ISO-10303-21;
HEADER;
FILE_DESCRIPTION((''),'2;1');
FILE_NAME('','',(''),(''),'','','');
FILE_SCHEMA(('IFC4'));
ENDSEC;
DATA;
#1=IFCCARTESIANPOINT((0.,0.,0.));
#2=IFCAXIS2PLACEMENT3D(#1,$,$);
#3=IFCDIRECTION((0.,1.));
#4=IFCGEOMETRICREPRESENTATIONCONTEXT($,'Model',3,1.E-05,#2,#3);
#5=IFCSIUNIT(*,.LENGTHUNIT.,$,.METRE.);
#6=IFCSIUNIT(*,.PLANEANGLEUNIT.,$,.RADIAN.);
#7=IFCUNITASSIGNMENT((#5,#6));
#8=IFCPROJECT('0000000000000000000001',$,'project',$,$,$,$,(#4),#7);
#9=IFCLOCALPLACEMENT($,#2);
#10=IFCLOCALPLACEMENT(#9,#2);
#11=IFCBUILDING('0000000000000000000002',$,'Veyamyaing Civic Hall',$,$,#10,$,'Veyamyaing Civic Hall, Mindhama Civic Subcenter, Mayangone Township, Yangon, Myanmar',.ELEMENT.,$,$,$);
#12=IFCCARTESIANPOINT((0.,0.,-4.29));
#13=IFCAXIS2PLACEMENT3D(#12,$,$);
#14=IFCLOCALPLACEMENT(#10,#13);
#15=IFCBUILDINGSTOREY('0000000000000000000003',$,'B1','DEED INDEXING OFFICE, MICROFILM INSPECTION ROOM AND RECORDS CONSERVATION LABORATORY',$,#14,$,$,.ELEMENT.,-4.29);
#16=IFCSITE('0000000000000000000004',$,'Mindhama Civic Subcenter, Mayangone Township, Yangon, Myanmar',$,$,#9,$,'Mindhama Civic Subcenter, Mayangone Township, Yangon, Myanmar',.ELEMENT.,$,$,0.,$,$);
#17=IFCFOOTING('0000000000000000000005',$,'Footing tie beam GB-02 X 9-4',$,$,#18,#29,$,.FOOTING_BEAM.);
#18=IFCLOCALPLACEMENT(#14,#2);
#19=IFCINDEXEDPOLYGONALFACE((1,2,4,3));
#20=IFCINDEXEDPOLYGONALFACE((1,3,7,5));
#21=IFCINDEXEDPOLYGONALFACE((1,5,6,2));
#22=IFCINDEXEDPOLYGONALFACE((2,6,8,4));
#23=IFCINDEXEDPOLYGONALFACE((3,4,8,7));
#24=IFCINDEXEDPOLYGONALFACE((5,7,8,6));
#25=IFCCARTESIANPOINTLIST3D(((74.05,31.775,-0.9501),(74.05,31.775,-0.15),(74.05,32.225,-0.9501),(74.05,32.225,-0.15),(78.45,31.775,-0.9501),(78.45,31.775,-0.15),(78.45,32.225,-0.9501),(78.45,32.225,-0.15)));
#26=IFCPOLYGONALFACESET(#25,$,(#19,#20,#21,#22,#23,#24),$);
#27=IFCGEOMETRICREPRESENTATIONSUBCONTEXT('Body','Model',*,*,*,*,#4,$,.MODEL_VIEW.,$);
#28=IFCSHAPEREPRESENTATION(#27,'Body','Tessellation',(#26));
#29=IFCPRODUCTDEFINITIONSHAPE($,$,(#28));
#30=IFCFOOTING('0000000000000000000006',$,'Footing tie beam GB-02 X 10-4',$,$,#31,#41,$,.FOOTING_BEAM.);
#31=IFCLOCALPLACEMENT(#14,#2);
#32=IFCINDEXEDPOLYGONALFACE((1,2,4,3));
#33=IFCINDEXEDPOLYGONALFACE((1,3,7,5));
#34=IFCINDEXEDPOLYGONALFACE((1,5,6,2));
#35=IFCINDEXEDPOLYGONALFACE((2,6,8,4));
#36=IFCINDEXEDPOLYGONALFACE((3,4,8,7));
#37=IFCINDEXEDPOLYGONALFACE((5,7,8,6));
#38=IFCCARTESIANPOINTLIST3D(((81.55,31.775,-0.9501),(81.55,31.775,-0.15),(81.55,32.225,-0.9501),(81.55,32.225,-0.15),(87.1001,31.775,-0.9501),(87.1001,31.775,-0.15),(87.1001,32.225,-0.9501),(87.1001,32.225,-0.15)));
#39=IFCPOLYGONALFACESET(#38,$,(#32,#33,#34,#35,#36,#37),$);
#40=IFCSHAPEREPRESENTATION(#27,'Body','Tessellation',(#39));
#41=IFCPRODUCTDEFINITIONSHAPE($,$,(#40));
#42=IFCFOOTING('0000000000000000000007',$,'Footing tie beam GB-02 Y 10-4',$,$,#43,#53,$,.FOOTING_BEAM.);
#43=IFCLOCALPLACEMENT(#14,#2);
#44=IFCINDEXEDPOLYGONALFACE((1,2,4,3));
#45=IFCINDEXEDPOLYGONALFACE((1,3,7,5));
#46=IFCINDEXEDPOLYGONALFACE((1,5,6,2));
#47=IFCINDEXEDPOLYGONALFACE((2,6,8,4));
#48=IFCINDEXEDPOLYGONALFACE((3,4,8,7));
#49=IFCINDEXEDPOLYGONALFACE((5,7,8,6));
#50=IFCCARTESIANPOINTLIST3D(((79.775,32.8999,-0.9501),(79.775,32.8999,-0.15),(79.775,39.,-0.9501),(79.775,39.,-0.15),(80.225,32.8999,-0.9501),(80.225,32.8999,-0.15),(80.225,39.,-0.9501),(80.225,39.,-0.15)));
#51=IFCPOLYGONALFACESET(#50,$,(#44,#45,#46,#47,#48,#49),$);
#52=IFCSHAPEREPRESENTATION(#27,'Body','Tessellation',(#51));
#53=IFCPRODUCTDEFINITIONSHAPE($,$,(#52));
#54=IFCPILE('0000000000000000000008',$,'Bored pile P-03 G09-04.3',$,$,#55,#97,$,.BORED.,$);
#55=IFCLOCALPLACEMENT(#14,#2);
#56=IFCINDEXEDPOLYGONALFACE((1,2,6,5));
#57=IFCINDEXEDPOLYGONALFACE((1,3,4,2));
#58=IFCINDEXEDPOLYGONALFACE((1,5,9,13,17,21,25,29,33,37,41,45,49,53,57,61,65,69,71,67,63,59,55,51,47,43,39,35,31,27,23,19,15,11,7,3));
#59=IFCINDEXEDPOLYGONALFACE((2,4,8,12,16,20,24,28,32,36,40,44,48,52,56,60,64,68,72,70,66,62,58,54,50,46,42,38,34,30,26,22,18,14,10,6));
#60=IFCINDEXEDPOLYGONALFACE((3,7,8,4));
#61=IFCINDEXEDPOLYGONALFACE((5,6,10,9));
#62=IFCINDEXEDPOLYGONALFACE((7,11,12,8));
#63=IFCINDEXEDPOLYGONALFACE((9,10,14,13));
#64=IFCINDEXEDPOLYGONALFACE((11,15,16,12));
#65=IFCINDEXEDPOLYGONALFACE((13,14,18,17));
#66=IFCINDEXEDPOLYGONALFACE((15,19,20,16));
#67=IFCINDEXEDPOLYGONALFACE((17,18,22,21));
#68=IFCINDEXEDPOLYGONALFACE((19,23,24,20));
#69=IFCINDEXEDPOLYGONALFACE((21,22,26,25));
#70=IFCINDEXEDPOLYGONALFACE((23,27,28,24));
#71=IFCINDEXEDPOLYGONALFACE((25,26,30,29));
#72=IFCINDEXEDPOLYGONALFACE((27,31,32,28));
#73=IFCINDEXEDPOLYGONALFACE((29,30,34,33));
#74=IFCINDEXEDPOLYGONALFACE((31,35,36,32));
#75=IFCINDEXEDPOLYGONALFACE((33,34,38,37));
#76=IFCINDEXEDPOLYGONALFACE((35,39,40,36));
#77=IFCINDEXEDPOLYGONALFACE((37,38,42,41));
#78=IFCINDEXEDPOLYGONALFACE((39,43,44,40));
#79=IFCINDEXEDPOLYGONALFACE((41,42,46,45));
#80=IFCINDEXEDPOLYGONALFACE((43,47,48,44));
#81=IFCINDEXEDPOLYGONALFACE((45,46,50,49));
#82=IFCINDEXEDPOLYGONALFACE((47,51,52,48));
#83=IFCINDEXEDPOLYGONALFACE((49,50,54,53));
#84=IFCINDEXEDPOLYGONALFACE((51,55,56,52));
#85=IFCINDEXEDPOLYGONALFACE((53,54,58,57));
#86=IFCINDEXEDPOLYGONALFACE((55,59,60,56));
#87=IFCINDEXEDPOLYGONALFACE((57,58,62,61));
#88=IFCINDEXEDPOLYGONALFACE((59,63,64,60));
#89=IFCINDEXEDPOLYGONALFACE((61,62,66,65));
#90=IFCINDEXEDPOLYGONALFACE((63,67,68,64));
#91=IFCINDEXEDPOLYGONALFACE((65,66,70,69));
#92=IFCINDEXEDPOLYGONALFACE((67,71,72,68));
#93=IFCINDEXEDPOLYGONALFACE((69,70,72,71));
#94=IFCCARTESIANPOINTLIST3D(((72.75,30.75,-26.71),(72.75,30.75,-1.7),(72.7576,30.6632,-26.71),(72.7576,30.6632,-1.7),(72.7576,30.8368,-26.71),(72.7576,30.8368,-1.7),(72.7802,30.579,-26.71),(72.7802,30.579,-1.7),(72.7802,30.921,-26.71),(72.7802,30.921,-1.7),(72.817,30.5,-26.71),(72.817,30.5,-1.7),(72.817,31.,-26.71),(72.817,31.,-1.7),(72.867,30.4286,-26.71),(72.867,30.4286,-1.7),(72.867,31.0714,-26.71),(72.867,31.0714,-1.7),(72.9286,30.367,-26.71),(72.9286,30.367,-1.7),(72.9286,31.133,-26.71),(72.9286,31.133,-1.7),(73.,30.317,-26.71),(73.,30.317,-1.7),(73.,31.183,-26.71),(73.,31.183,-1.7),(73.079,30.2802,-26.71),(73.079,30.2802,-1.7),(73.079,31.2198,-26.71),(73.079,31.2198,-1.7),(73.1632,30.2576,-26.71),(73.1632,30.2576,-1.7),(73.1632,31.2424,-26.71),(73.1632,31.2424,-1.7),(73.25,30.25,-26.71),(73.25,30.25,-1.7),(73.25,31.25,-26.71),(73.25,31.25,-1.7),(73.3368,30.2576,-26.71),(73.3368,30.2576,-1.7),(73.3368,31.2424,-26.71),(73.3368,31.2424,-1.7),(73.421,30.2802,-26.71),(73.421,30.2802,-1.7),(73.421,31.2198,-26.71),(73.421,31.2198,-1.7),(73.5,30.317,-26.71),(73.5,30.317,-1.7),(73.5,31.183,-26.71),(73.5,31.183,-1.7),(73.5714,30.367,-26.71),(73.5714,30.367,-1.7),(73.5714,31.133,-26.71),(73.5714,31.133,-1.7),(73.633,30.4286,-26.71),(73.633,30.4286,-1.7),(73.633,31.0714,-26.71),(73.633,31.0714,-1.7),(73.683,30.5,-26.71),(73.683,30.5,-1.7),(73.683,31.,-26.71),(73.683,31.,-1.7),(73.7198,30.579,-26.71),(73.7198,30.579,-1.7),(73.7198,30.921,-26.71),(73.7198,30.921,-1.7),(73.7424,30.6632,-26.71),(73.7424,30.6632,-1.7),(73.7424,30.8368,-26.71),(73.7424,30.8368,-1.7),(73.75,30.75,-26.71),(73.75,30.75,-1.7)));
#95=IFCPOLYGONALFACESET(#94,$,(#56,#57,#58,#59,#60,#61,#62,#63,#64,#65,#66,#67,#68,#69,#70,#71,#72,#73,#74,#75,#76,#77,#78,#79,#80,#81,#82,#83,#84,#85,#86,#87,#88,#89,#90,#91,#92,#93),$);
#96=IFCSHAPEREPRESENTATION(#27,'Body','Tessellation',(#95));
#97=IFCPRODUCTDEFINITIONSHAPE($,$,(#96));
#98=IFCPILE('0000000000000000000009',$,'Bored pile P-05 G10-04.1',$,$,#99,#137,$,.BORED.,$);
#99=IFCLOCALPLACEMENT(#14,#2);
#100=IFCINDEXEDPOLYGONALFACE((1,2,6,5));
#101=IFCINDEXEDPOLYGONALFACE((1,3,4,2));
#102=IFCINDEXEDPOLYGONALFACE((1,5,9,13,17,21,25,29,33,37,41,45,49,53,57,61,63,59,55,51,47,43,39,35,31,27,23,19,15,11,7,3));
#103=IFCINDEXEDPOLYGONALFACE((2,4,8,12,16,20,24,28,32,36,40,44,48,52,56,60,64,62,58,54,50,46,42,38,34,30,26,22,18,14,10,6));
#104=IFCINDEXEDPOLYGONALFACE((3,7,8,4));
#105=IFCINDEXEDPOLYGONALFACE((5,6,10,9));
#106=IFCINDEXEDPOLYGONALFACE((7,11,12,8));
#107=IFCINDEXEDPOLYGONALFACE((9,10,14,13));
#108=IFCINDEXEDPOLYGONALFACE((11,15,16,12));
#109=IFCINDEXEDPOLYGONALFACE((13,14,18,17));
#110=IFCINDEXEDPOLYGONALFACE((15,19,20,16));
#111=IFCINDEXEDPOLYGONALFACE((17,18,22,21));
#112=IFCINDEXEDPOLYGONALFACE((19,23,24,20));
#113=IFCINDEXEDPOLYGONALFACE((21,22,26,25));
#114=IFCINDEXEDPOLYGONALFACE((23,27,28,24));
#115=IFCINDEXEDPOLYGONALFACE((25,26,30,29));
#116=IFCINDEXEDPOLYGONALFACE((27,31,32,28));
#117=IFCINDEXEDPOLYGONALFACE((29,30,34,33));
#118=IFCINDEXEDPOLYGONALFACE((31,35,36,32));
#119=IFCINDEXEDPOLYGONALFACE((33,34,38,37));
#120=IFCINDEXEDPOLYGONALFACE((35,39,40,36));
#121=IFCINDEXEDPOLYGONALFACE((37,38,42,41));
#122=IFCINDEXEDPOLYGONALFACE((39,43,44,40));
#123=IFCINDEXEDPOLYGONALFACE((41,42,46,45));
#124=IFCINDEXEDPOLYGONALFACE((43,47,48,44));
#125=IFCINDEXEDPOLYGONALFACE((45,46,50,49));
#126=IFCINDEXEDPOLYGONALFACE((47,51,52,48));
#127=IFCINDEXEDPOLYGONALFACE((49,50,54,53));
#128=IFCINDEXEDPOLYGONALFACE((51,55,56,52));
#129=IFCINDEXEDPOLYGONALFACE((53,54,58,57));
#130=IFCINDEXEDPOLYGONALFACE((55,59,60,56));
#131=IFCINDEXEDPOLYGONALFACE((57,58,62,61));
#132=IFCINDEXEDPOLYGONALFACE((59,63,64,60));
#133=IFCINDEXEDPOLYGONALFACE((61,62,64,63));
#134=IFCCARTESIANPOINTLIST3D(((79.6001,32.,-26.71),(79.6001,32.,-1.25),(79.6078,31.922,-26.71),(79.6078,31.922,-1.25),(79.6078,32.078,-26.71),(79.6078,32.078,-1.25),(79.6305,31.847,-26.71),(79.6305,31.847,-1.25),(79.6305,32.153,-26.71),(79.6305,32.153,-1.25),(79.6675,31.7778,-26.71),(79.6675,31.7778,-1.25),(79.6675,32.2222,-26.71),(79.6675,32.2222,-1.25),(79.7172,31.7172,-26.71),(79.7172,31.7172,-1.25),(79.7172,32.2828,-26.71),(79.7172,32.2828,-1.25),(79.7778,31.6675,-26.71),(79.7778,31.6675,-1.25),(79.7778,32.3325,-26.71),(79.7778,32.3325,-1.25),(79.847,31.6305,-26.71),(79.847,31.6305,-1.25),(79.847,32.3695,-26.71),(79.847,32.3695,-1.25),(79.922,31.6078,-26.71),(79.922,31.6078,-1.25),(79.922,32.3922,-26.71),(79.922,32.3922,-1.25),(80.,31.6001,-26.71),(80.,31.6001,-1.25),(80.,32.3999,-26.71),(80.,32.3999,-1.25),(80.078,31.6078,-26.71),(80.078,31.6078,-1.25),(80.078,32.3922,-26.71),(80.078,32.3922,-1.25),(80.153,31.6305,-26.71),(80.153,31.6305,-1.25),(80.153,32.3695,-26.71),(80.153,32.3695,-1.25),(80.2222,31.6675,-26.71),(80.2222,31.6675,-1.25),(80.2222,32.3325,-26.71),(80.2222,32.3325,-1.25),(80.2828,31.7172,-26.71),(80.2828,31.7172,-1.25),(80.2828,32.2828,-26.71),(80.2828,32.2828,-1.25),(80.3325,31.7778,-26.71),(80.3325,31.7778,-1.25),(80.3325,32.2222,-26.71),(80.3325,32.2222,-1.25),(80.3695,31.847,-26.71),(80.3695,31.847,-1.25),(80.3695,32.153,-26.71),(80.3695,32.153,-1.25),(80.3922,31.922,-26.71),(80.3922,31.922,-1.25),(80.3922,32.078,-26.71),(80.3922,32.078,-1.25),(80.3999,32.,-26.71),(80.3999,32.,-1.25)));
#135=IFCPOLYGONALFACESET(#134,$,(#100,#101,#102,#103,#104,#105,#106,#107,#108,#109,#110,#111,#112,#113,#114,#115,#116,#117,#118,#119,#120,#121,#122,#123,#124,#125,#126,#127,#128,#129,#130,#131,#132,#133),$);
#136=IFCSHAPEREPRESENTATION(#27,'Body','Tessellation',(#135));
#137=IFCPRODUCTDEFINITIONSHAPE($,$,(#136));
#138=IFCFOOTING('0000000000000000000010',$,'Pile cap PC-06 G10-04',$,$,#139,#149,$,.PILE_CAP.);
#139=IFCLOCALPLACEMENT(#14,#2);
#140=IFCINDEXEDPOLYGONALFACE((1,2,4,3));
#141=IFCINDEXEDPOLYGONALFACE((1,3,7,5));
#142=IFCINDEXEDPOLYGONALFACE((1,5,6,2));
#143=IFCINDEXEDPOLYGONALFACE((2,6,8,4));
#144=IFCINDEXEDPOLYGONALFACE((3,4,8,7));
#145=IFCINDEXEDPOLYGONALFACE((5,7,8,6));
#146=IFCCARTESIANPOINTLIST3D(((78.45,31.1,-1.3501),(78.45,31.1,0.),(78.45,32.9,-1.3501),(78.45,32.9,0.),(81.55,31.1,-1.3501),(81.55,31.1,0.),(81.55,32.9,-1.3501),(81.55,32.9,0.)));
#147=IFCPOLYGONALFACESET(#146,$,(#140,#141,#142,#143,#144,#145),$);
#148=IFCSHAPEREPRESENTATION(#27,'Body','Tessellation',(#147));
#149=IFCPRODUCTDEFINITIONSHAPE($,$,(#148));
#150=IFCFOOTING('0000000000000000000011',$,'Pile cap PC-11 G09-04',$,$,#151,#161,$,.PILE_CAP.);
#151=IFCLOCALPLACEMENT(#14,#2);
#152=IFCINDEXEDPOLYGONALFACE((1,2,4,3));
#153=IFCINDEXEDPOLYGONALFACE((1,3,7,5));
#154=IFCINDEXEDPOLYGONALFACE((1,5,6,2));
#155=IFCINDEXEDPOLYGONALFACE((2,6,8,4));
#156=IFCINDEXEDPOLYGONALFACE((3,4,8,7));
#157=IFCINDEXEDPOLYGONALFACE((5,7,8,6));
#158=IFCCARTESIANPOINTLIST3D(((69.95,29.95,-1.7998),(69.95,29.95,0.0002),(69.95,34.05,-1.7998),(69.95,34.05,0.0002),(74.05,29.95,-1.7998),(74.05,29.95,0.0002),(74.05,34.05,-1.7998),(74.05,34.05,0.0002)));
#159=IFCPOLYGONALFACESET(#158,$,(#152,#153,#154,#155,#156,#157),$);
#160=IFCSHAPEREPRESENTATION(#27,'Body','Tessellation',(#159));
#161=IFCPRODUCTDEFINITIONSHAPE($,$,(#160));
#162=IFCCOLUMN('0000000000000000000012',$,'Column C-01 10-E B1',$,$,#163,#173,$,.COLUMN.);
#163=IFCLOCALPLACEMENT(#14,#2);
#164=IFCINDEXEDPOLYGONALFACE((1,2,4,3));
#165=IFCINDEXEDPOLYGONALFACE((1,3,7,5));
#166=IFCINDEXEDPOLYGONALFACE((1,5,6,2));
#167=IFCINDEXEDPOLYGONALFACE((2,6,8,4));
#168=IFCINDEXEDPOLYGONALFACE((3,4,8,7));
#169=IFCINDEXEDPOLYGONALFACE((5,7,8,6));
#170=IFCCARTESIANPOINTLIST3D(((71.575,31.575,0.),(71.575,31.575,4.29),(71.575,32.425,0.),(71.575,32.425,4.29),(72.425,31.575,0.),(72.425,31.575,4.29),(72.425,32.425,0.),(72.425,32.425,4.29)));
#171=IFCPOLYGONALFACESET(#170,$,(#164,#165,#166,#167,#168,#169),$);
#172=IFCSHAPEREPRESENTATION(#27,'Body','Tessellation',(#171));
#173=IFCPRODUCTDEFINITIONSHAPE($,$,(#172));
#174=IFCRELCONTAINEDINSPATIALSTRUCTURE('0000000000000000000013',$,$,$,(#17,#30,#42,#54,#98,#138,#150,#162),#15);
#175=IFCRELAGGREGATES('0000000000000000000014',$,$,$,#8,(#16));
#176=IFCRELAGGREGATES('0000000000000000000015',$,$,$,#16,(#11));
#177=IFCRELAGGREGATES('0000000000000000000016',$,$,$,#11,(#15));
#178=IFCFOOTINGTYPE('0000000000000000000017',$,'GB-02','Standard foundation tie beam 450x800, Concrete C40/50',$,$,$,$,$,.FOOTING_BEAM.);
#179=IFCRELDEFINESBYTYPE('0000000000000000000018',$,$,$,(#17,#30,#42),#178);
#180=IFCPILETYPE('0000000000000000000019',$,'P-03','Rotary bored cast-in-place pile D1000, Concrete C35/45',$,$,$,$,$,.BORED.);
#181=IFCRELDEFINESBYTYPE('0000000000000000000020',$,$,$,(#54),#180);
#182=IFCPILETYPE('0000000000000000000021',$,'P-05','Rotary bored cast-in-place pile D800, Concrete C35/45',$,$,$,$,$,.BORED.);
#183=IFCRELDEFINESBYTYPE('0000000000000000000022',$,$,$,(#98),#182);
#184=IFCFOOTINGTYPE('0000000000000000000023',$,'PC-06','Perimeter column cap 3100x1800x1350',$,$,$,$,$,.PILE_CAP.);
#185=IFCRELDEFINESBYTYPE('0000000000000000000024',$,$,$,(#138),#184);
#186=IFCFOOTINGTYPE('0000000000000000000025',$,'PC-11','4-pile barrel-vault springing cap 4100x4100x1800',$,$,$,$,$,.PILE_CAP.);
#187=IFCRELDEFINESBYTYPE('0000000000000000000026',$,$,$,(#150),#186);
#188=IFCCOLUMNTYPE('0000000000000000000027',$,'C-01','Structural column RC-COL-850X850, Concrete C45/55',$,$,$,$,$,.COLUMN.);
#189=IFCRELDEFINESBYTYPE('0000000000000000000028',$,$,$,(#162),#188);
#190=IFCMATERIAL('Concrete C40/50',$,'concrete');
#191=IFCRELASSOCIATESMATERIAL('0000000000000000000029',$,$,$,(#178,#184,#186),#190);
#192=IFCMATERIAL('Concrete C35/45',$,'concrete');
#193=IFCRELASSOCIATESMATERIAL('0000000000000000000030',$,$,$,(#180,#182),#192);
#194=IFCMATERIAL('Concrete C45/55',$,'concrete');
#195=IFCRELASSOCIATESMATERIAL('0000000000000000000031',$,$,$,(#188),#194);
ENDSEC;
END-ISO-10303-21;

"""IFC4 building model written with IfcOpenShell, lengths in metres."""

from ifc_helpers import new_model, si_unit, direction, frame, origin, origin_2d, place, context, subcontext, project, spatial, rectangle, circle, extrude, material, material_profile, profile_set, type_object, element, save


model = new_model("IFC4")

# Units and contexts
model_context = context("Model", 3, precision=1e-05, world=origin(), true_north=direction((0.0, 1.0)))
body_context = subcontext(model_context, "Body", "Model", "MODEL_VIEW")
ifc_project = project(units=[si_unit("LENGTHUNIT", "METRE"), si_unit("PLANEANGLEUNIT", "RADIAN")], contexts=[model_context])

# Site, building, storey
site_placement = place(None, origin())
site = spatial("IfcSite", under=ifc_project, at=site_placement, Name="Mindhama Civic Subcenter, Mayangone Township, Yangon, Myanmar", LongName="Mindhama Civic Subcenter, Mayangone Township, Yangon, Myanmar", CompositionType="ELEMENT", RefElevation=0.0)
building_placement = place(site_placement, origin())
building = spatial("IfcBuilding", under=site, at=building_placement, Name="Veyamyaing Civic Hall", LongName="Veyamyaing Civic Hall, Mindhama Civic Subcenter, Mayangone Township, Yangon, Myanmar", CompositionType="ELEMENT")
storey_placement = place(building_placement, frame((0.0, 0.0, -4.29)))
storey = spatial("IfcBuildingStorey", under=building, at=storey_placement, Name="B1", Description="DEED INDEXING OFFICE, MICROFILM INSPECTION ROOM AND RECORDS CONSERVATION LABORATORY", CompositionType="ELEMENT", Elevation=-4.29)

# Footings
ifc_material_1 = material(Name="Concrete C40/50", Category="concrete")
ifc_material_profile_1 = material_profile(ifc_material_1, rectangle(XDim=0.45, YDim=0.8, at=origin_2d()), Name="GB-450X800")
ifc_profile_set_1 = profile_set([ifc_material_profile_1], Name="Concrete C40/50")
footing_type_1 = type_object("IfcFootingType", Name="GB-02", Description="Standard foundation tie beam 450x800, Concrete C40/50", PredefinedType="FOOTING_BEAM", material=ifc_profile_set_1)
footing_1_placement = place(storey_placement, frame((74.05, 32.0, -0.55), z_axis=(1.0, 0.0, 0.0), x_axis=(0.0, 1.0, 0.0)))
element("IfcFooting", 1, at=footing_1_placement, inside=storey, type_object=footing_type_1, Name="Footing tie beam GB-02 X 9-4", PredefinedType="FOOTING_BEAM", context=body_context, shape_type="SweptSolid", body=[
    extrude(rectangle(XDim=0.45, YDim=0.8, at=origin_2d()), origin(), (0.0, 0.0, 1.0), 4.3999),
])
footing_2_placement = place(storey_placement, frame((81.55, 32.0, -0.55), z_axis=(1.0, 0.0, 0.0), x_axis=(0.0, 1.0, 0.0)))
element("IfcFooting", 2, at=footing_2_placement, inside=storey, type_object=footing_type_1, Name="Footing tie beam GB-02 X 10-4", PredefinedType="FOOTING_BEAM", context=body_context, shape_type="SweptSolid", body=[
    extrude(rectangle(XDim=0.45, YDim=0.8, at=origin_2d()), origin(), (0.0, 0.0, 1.0), 5.55),
])
footing_3_placement = place(storey_placement, frame((80.0, 32.8999, -0.55), z_axis=(0.0, 1.0, 0.0), x_axis=(-1.0, 0.0, 0.0)))
element("IfcFooting", 3, at=footing_3_placement, inside=storey, type_object=footing_type_1, Name="Footing tie beam GB-02 Y 10-4", PredefinedType="FOOTING_BEAM", context=body_context, shape_type="SweptSolid", body=[
    extrude(rectangle(XDim=0.45, YDim=0.8, at=origin_2d()), origin(), (0.0, 0.0, 1.0), 6.1001),
])

# Piles
ifc_material_2 = material(Name="Concrete C35/45", Category="concrete")
ifc_material_profile_2 = material_profile(ifc_material_2, circle(Radius=0.5, at=origin_2d()), Name="PILE-D1000")
ifc_profile_set_2 = profile_set([ifc_material_profile_2], Name="Concrete C35/45")
pile_type_1 = type_object("IfcPileType", Name="P-03", Description="Rotary bored cast-in-place pile D1000, Concrete C35/45", PredefinedType="BORED", material=ifc_profile_set_2)
pile_1_placement = place(storey_placement, frame((73.25, 30.75, -1.7), z_axis=(0.0, 0.0, -1.0), x_axis=(1.0, 0.0, 0.0)))
element("IfcPile", 4, at=pile_1_placement, inside=storey, type_object=pile_type_1, Name="Bored pile P-03 G09-04.3", PredefinedType="BORED", context=body_context, shape_type="SweptSolid", body=[
    extrude(circle(Radius=0.5, at=origin_2d()), origin(), (0.0, 0.0, 1.0), 25.01),
])
ifc_material_profile_3 = material_profile(ifc_material_2, circle(Radius=0.3999, at=origin_2d()), Name="PILE-D800")
ifc_profile_set_3 = profile_set([ifc_material_profile_3], Name="Concrete C35/45")
pile_type_2 = type_object("IfcPileType", Name="P-05", Description="Rotary bored cast-in-place pile D800, Concrete C35/45", PredefinedType="BORED", material=ifc_profile_set_3)
pile_2_placement = place(storey_placement, frame((80.0, 32.0, -1.25), z_axis=(0.0, 0.0, -1.0), x_axis=(1.0, 0.0, 0.0)))
element("IfcPile", 5, at=pile_2_placement, inside=storey, type_object=pile_type_2, Name="Bored pile P-05 G10-04.1", PredefinedType="BORED", context=body_context, shape_type="SweptSolid", body=[
    extrude(circle(Radius=0.3999, at=origin_2d()), origin(), (0.0, 0.0, 1.0), 25.46),
])

# Footings
footing_type_2 = type_object("IfcFootingType", Name="PC-06", Description="Perimeter column cap 3100x1800x1350", PredefinedType="PILE_CAP", material=ifc_material_1)
footing_4_placement = place(storey_placement, frame((80.0, 32.0, -1.3501), z_axis=(0.0, 0.0, 1.0), x_axis=(1.0, 0.0, 0.0)))
element("IfcFooting", 6, at=footing_4_placement, inside=storey, type_object=footing_type_2, Name="Pile cap PC-06 G10-04", PredefinedType="PILE_CAP", context=body_context, shape_type="SweptSolid", body=[
    extrude(rectangle(XDim=3.1001, YDim=1.8, at=origin_2d()), origin(), (0.0, 0.0, 1.0), 1.3501),
])
footing_type_3 = type_object("IfcFootingType", Name="PC-11", Description="4-pile barrel-vault springing cap 4100x4100x1800", PredefinedType="PILE_CAP", material=ifc_material_1)
footing_5_placement = place(storey_placement, frame((72.0, 32.0, -1.7998), z_axis=(0.0, 0.0, 1.0), x_axis=(1.0, 0.0, 0.0)))
element("IfcFooting", 7, at=footing_5_placement, inside=storey, type_object=footing_type_3, Name="Pile cap PC-11 G09-04", PredefinedType="PILE_CAP", context=body_context, shape_type="SweptSolid", body=[
    extrude(rectangle(XDim=4.1001, YDim=4.1001, at=origin_2d()), origin(), (0.0, 0.0, 1.0), 1.8),
])

# Column
ifc_material_3 = material(Name="Concrete C45/55", Category="concrete")
ifc_material_profile_4 = material_profile(ifc_material_3, rectangle(XDim=0.8501, YDim=0.8501, at=origin_2d()), Name="RC-COL-850X850")
ifc_profile_set_4 = profile_set([ifc_material_profile_4], Name="Concrete C45/55")
column_type_1 = type_object("IfcColumnType", Name="C-01", Description="Structural column RC-COL-850X850, Concrete C45/55", PredefinedType="COLUMN", material=ifc_profile_set_4)
column_1_placement = place(storey_placement, frame((72.0, 32.0, 0.0), z_axis=(0.0, 0.0, 1.0), x_axis=(1.0, 0.0, 0.0)))
element("IfcColumn", 8, at=column_1_placement, inside=storey, type_object=column_type_1, Name="Column C-01 10-E B1", PredefinedType="COLUMN", context=body_context, shape_type="SweptSolid", body=[
    extrude(rectangle(XDim=0.8501, YDim=0.8501, at=origin_2d()), origin(), (0.0, 0.0, 1.0), 4.29),
])

save(model, "model.ifc")
